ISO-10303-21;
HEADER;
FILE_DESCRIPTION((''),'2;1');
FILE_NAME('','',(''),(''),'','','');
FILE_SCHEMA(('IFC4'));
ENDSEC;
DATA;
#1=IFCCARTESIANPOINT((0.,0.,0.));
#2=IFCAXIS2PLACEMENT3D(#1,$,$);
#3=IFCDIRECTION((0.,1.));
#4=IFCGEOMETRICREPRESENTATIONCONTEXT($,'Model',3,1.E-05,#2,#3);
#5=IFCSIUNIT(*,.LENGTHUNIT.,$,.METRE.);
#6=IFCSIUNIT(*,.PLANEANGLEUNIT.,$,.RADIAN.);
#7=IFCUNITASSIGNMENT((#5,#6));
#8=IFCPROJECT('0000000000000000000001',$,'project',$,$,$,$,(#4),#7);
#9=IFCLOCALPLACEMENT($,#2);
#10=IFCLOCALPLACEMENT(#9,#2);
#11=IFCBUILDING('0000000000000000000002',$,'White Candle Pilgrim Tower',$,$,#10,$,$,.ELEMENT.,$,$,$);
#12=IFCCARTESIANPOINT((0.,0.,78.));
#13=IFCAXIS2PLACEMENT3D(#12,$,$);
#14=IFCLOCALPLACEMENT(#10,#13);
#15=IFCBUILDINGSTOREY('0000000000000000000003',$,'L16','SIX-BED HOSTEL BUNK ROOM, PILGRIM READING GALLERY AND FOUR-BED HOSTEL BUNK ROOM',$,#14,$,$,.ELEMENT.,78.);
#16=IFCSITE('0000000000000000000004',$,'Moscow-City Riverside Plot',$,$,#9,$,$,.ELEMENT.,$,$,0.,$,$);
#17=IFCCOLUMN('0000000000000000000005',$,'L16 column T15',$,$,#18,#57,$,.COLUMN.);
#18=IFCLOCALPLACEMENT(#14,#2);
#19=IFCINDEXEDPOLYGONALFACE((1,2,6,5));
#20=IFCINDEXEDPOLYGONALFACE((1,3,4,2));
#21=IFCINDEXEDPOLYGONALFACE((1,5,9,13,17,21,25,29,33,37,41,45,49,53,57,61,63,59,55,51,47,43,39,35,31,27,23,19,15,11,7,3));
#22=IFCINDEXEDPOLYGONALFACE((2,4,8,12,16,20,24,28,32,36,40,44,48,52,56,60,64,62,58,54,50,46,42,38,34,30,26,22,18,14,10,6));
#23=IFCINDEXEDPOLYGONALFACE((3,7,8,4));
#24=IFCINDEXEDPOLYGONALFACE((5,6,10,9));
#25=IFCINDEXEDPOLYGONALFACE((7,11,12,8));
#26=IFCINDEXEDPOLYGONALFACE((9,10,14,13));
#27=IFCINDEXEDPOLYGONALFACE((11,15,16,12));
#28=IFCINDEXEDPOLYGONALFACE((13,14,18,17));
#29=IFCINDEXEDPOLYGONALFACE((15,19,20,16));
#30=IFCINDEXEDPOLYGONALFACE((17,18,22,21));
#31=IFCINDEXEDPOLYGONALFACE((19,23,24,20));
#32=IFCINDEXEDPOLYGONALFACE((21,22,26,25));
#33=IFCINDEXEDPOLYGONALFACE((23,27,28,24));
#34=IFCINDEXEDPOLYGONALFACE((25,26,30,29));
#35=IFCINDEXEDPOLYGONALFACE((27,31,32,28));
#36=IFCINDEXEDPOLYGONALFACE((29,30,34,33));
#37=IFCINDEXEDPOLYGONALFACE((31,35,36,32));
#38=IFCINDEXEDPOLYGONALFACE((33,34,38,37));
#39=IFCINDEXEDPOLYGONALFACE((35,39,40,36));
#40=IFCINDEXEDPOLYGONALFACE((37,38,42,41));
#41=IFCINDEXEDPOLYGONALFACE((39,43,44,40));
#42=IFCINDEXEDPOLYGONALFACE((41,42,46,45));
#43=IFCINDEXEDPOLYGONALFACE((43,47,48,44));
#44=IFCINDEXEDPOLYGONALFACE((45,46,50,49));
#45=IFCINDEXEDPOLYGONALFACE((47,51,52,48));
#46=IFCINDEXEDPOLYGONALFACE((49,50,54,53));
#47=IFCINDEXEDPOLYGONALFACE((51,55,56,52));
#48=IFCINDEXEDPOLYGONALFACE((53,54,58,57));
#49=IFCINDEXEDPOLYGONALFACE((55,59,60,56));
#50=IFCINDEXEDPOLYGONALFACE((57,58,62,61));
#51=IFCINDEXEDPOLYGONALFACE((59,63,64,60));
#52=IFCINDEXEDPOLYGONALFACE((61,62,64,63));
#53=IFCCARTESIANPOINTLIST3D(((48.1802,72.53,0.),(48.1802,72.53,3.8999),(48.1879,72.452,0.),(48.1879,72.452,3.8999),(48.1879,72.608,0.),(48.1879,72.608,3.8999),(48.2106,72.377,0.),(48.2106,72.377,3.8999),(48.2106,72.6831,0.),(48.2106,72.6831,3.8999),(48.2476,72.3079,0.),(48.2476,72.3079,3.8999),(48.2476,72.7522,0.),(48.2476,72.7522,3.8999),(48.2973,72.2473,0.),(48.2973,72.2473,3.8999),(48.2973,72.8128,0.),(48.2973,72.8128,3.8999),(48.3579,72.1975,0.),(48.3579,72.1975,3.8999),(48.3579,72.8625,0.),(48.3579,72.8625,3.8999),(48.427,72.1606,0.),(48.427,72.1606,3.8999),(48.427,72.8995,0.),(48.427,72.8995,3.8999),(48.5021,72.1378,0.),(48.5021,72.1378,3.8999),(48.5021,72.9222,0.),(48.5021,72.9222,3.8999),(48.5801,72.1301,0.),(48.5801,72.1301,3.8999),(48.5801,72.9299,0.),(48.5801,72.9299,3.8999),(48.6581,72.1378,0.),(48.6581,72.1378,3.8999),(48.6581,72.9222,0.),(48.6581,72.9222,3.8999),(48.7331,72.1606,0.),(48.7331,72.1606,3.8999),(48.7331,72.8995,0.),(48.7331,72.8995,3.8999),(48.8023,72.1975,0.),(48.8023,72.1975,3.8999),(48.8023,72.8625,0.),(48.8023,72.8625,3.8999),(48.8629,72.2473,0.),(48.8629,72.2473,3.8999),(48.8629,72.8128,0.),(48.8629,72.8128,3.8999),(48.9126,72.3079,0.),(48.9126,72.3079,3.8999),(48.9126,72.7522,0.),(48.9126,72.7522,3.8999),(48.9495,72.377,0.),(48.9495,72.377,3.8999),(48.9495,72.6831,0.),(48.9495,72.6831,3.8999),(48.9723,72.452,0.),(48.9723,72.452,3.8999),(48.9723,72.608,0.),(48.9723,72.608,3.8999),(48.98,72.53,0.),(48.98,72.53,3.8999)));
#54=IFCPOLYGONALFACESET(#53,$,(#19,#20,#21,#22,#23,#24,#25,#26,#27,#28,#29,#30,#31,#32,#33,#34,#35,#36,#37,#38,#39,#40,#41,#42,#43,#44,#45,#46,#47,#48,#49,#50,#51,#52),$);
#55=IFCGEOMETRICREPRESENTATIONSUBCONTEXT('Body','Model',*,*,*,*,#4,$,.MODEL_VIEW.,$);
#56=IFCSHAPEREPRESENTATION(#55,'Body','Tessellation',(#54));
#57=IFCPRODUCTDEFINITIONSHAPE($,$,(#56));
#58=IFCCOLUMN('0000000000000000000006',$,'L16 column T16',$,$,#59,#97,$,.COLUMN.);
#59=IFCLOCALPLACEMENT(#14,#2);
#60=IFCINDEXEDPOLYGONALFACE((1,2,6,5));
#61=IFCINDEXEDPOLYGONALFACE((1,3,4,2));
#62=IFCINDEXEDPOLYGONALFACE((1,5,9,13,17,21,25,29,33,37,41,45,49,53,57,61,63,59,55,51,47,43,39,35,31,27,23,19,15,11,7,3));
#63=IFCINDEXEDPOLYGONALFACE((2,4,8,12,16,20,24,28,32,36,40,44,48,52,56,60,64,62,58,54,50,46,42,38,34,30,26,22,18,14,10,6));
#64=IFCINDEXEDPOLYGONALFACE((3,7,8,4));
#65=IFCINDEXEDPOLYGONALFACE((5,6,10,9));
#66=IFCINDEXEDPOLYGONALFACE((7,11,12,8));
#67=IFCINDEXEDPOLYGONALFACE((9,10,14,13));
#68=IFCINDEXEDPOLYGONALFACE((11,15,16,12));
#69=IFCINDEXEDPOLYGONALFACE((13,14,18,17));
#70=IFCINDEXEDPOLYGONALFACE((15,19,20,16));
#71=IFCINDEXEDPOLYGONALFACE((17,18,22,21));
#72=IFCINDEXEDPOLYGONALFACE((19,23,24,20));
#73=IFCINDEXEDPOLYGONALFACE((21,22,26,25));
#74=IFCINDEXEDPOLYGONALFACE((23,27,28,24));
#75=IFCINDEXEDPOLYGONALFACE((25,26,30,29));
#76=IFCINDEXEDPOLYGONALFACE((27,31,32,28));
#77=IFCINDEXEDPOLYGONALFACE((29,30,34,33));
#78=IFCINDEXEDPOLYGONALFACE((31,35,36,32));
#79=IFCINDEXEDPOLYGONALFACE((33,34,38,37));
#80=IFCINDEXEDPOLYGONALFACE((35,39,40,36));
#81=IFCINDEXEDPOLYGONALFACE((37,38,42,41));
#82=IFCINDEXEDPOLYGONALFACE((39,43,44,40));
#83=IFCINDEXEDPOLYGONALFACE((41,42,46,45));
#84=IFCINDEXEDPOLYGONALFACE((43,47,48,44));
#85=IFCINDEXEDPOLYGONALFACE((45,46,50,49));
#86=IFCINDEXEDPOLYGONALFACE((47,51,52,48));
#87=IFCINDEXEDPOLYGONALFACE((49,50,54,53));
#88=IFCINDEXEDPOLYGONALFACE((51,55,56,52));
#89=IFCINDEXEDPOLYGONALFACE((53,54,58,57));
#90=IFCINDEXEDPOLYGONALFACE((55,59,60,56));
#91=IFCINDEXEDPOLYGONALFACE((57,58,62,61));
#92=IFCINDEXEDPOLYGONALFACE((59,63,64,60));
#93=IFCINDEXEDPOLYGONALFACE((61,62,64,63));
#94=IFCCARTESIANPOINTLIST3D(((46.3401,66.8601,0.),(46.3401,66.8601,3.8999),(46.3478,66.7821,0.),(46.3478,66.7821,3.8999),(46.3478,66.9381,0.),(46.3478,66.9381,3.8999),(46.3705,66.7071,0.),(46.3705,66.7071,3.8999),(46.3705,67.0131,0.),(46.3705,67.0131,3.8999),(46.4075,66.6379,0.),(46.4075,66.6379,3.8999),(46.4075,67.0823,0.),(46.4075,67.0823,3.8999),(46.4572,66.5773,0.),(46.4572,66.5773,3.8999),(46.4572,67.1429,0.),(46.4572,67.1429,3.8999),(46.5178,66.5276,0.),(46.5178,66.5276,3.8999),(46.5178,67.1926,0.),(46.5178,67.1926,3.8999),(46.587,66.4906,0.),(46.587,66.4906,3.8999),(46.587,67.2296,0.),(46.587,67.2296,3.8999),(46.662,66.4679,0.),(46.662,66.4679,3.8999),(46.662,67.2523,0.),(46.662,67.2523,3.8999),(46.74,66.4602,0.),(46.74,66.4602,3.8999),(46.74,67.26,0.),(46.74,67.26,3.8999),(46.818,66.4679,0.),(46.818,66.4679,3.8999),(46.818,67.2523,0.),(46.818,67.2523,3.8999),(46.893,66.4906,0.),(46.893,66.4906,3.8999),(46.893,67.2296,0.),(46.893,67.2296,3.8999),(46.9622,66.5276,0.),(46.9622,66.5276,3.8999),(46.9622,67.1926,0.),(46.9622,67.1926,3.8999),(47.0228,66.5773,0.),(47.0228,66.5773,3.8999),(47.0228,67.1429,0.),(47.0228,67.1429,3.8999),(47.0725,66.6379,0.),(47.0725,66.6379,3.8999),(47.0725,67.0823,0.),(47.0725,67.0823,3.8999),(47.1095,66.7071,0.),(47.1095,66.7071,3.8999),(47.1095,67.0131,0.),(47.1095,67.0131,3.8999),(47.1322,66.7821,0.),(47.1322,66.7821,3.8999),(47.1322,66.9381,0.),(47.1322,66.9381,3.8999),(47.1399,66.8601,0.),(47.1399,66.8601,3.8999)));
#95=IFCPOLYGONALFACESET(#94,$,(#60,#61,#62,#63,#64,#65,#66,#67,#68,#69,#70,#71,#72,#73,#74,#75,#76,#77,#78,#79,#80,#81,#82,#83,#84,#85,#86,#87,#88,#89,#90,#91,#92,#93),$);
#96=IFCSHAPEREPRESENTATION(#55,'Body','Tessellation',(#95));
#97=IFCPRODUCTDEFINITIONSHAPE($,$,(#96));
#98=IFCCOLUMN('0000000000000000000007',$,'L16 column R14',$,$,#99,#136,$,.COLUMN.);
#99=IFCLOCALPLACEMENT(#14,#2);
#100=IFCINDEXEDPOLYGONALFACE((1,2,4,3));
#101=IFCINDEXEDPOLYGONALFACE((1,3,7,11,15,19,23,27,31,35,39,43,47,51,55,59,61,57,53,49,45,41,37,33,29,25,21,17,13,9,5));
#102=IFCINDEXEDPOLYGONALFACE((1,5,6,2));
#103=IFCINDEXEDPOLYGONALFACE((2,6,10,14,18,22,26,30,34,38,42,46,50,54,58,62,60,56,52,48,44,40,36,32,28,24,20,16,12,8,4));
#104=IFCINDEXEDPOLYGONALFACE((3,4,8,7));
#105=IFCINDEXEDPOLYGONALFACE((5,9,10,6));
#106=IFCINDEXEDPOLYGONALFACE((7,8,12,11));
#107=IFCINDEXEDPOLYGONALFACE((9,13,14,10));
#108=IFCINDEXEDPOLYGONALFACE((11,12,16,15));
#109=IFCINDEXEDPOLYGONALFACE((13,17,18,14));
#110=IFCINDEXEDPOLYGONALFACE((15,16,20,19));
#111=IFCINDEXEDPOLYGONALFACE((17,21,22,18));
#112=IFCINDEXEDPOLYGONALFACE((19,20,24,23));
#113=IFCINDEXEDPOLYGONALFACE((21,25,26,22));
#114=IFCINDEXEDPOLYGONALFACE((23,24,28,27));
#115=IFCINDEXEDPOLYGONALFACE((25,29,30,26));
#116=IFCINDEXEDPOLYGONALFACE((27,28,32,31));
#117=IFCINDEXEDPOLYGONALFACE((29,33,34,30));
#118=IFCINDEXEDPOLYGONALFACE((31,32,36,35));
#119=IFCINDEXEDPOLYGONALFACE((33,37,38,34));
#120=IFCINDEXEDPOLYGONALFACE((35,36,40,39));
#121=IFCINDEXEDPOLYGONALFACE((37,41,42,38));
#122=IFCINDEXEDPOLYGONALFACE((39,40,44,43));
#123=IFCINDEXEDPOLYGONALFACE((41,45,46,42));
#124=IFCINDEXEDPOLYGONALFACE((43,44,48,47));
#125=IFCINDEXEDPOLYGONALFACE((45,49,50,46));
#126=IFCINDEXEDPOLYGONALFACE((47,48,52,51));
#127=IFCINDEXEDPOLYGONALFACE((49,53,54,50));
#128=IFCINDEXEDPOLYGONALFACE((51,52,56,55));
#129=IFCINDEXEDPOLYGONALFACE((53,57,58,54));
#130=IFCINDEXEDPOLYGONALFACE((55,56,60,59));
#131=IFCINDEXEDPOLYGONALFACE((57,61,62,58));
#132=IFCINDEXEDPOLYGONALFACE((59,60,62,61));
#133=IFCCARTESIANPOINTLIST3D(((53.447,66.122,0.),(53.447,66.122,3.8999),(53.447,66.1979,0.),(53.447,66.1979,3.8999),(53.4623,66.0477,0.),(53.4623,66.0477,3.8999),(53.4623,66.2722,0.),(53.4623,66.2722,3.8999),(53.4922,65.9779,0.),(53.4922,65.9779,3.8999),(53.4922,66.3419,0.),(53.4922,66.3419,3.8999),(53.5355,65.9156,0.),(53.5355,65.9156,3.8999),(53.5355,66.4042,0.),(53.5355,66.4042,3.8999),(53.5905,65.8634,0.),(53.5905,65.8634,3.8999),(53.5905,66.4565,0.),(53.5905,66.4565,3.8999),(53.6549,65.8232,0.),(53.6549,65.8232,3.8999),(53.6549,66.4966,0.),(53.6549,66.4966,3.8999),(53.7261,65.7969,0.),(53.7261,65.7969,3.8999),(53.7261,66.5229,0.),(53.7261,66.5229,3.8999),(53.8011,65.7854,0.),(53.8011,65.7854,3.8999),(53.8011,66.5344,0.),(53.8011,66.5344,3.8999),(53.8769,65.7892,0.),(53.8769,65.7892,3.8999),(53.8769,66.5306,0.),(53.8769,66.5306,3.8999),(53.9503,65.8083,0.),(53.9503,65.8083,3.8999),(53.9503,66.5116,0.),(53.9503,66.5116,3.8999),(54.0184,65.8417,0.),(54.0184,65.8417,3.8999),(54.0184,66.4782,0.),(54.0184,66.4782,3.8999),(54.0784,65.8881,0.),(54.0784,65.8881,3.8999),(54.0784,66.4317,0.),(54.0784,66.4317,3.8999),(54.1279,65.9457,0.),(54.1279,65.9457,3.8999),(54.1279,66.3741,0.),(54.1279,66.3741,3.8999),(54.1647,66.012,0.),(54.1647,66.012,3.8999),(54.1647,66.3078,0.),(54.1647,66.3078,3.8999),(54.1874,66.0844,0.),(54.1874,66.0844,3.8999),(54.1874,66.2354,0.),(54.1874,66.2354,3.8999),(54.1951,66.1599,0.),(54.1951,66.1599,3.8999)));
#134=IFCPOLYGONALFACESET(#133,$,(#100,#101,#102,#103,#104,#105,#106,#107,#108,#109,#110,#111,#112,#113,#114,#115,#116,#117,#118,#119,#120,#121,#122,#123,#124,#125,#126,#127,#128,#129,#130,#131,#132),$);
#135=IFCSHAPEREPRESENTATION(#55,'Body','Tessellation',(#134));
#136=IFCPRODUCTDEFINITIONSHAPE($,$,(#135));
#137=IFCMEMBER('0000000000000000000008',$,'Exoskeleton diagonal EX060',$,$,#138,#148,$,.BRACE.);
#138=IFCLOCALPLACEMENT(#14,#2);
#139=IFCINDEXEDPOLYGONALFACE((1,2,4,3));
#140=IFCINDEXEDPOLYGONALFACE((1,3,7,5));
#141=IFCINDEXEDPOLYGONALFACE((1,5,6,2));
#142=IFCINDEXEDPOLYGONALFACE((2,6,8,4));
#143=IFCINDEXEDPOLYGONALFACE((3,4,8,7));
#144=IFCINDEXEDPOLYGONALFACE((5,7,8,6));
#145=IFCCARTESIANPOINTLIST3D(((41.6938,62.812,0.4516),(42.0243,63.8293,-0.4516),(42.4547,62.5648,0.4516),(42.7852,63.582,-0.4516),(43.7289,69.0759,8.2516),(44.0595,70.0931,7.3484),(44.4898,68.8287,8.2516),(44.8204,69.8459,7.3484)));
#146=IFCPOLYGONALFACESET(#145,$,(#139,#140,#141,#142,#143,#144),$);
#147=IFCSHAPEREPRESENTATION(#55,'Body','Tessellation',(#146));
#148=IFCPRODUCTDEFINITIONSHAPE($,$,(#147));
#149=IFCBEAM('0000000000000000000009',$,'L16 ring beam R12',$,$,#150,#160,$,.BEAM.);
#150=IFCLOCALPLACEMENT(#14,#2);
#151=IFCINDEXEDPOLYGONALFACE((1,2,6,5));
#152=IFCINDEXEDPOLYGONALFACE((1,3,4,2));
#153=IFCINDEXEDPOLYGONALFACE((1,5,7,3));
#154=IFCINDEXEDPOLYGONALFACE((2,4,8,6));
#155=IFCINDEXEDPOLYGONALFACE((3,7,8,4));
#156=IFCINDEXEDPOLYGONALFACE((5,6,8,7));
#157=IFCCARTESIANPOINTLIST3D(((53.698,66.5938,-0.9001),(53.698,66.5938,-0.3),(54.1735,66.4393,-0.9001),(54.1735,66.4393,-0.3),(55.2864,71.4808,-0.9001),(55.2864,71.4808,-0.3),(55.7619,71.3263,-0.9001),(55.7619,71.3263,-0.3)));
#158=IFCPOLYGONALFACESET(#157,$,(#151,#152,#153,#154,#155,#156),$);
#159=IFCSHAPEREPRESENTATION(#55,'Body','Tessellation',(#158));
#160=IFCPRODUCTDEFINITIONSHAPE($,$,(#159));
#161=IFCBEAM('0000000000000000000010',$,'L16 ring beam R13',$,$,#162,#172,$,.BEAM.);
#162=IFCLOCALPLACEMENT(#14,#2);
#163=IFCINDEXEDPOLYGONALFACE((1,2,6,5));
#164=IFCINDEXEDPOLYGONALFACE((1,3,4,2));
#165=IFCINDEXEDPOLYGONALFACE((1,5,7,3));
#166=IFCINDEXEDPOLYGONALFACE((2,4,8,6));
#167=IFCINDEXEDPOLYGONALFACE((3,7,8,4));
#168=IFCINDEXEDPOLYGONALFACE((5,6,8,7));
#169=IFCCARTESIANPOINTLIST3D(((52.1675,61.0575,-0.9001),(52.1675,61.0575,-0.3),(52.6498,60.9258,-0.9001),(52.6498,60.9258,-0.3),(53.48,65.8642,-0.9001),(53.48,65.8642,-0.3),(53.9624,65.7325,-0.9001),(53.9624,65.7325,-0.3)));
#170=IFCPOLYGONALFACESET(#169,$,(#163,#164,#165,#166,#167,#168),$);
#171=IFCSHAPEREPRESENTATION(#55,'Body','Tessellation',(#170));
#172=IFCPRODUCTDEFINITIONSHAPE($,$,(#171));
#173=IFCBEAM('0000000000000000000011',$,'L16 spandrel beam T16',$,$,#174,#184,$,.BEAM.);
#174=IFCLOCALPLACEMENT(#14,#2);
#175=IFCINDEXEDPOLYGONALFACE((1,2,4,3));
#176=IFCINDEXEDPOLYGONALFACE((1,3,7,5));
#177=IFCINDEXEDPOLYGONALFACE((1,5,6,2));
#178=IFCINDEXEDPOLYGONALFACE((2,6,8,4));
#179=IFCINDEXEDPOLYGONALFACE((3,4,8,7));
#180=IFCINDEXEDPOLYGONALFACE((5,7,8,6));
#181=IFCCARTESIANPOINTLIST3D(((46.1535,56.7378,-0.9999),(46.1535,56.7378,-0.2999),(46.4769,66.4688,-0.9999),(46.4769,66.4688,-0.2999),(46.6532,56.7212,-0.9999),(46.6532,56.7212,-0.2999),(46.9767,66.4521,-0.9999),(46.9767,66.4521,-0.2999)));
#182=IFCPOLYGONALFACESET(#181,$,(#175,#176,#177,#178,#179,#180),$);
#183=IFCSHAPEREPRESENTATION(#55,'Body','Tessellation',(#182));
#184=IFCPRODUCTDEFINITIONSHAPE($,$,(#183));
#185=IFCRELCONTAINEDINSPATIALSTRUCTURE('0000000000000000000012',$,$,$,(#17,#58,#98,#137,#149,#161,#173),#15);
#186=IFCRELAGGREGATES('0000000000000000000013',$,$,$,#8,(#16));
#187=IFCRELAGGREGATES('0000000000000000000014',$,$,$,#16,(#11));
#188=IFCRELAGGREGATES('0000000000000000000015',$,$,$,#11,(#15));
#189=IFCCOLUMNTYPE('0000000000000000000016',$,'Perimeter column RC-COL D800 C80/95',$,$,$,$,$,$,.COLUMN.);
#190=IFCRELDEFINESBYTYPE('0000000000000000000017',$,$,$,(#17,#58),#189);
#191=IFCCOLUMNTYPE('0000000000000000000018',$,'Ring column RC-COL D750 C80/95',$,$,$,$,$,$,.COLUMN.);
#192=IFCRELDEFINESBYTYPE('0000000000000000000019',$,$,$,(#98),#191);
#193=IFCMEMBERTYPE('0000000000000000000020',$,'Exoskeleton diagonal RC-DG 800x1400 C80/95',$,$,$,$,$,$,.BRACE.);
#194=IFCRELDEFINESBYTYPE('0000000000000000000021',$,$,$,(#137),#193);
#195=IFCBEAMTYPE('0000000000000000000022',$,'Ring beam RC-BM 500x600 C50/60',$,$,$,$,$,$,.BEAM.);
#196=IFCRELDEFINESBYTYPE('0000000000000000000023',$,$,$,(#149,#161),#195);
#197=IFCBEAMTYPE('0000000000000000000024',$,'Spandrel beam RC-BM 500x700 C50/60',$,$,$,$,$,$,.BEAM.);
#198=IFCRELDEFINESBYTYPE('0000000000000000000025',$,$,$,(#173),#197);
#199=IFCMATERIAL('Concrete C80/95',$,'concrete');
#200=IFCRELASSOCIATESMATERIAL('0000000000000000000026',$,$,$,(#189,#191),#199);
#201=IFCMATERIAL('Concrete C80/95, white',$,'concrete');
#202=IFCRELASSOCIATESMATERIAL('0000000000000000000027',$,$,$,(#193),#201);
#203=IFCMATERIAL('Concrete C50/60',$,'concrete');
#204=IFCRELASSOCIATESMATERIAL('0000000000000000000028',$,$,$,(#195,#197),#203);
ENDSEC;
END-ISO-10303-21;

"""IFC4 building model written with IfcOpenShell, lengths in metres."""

from ifc_helpers import new_model, si_unit, direction, frame, origin, origin_2d, place, context, subcontext, project, spatial, rectangle, circle, extrude, material, material_profile, profile_set, type_object, element, save


model = new_model("IFC4")

# Units and contexts
model_context = context("Model", 3, precision=1e-05, world=origin(), true_north=direction((0.0, 1.0)))
body_context = subcontext(model_context, "Body", "Model", "MODEL_VIEW")
ifc_project = project(units=[si_unit("LENGTHUNIT", "METRE"), si_unit("PLANEANGLEUNIT", "RADIAN")], contexts=[model_context])

# Site, building, storey
site_placement = place(None, origin())
site = spatial("IfcSite", under=ifc_project, at=site_placement, Name="Moscow-City Riverside Plot", CompositionType="ELEMENT", RefElevation=0.0)
building_placement = place(site_placement, origin())
building = spatial("IfcBuilding", under=site, at=building_placement, Name="White Candle Pilgrim Tower", CompositionType="ELEMENT")
storey_placement = place(building_placement, frame((0.0, 0.0, 78.0)))
storey = spatial("IfcBuildingStorey", under=building, at=storey_placement, Name="L16", Description="SIX-BED HOSTEL BUNK ROOM, PILGRIM READING GALLERY AND FOUR-BED HOSTEL BUNK ROOM", CompositionType="ELEMENT", Elevation=78.0)

# Columns
ifc_material_1 = material(Name="Concrete C80/95", Category="concrete")
ifc_material_profile_1 = material_profile(ifc_material_1, circle(Radius=0.3999, at=origin_2d()), Name="RC-COL D800")
ifc_profile_set_1 = profile_set([ifc_material_profile_1], Name="Concrete C80/95")
column_type_1 = type_object("IfcColumnType", Name="Perimeter column RC-COL D800 C80/95", PredefinedType="COLUMN", material=ifc_profile_set_1)
for number, where, z_axis, x_axis, name in (
    (1, (48.5801, 72.53, 0.0), (0.0, 0.0, 1.0), (1.0, 0.0, 0.0), "L16 column T15"),
    (2, (46.74, 66.8601, 0.0), (0.0, 0.0, 1.0), (1.0, 0.0, 0.0), "L16 column T16"),
):
    element("IfcColumn", number, at=place(storey_placement, frame(where, z_axis=z_axis, x_axis=x_axis)), inside=storey, type_object=column_type_1, Name=name, PredefinedType="COLUMN", context=body_context, shape_type="SweptSolid", body=[
        extrude(circle(Radius=0.3999, at=origin_2d()), origin(), (0.0, 0.0, 1.0), 3.8999),
    ])
ifc_material_profile_2 = material_profile(ifc_material_1, circle(Radius=0.375, at=origin_2d()), Name="RC-COL D750")
ifc_profile_set_2 = profile_set([ifc_material_profile_2], Name="Concrete C80/95")
column_type_2 = type_object("IfcColumnType", Name="Ring column RC-COL D750 C80/95", PredefinedType="COLUMN", material=ifc_profile_set_2)
column_placement = place(storey_placement, frame((53.8201, 66.1599, 0.0), z_axis=(0.0, 0.0, 1.0), x_axis=(1.0, 0.0, 0.0)))
element("IfcColumn", 3, at=column_placement, inside=storey, type_object=column_type_2, Name="L16 column R14", PredefinedType="COLUMN", context=body_context, shape_type="SweptSolid", body=[
    extrude(circle(Radius=0.375, at=origin_2d()), origin(), (0.0, 0.0, 1.0), 3.8999),
])

# Member
ifc_material_2 = material(Name="Concrete C80/95, white", Category="concrete")
ifc_material_profile_3 = material_profile(ifc_material_2, rectangle(XDim=0.8, YDim=1.3999, at=origin_2d()), Name="RC-DG 800x1400")
ifc_profile_set_3 = profile_set([ifc_material_profile_3], Name="Concrete C80/95, white")
member_type = type_object("IfcMemberType", Name="Exoskeleton diagonal RC-DG 800x1400 C80/95", PredefinedType="BRACE", material=ifc_profile_set_3)
member_placement = place(storey_placement, frame((42.2395, 63.197, 0.0), z_axis=(0.199353, 0.613581, 0.764053), x_axis=(-0.951062, 0.309001, 0.0)))
element("IfcMember", 4, at=member_placement, inside=storey, type_object=member_type, Name="Exoskeleton diagonal EX060", PredefinedType="BRACE", context=body_context, shape_type="SweptSolid", body=[
    extrude(rectangle(XDim=0.8, YDim=1.3999, at=origin_2d()), origin(), (0.0, 0.0, 1.0), 10.2087),
])

# Beams
ifc_material_3 = material(Name="Concrete C50/60", Category="concrete")
ifc_material_profile_4 = material_profile(ifc_material_3, rectangle(XDim=0.5, YDim=0.6001, at=origin_2d()), Name="RC-BM 500x600")
ifc_profile_set_4 = profile_set([ifc_material_profile_4], Name="Concrete C50/60")
beam_type_1 = type_object("IfcBeamType", Name="Ring beam RC-BM 500x600 C50/60", PredefinedType="BEAM", material=ifc_profile_set_4)
beam_1_placement = place(storey_placement, frame((55.5242, 71.4036, -0.6001), z_axis=(-0.309106, -0.951027, 0.0), x_axis=(0.951027, -0.309106, 0.0)))
element("IfcBeam", 5, at=beam_1_placement, inside=storey, type_object=beam_type_1, Name="L16 ring beam R12", PredefinedType="BEAM", context=body_context, shape_type="SweptSolid", body=[
    extrude(rectangle(XDim=0.5, YDim=0.6001, at=origin_2d()), origin(), (0.0, 0.0, 1.0), 5.1387),
])
beam_2_placement = place(storey_placement, frame((53.7212, 65.7983, -0.6001), z_axis=(-0.263416, -0.964682, 0.0), x_axis=(0.964682, -0.263416, 0.0)))
element("IfcBeam", 6, at=beam_2_placement, inside=storey, type_object=beam_type_1, Name="L16 ring beam R13", PredefinedType="BEAM", context=body_context, shape_type="SweptSolid", body=[
    extrude(rectangle(XDim=0.5, YDim=0.6001, at=origin_2d()), origin(), (0.0, 0.0, 1.0), 4.9827),
])
ifc_material_profile_5 = material_profile(ifc_material_3, rectangle(XDim=0.5, YDim=0.7, at=origin_2d()), Name="RC-BM 500x700")
ifc_profile_set_5 = profile_set([ifc_material_profile_5], Name="Concrete C50/60")
beam_type_2 = type_object("IfcBeamType", Name="Spandrel beam RC-BM 500x700 C50/60", PredefinedType="BEAM", material=ifc_profile_set_5)
beam_3_placement = place(storey_placement, frame((46.7268, 66.4604, -0.6499), z_axis=(-0.033225, -0.999448, 0.0), x_axis=(0.999448, -0.033225, 0.0)))
element("IfcBeam", 7, at=beam_3_placement, inside=storey, type_object=beam_type_2, Name="L16 spandrel beam T16", PredefinedType="BEAM", context=body_context, shape_type="SweptSolid", body=[
    extrude(rectangle(XDim=0.5, YDim=0.7, at=origin_2d()), origin(), (0.0, 0.0, 1.0), 9.7363),
])

save(model, "model.ifc")
